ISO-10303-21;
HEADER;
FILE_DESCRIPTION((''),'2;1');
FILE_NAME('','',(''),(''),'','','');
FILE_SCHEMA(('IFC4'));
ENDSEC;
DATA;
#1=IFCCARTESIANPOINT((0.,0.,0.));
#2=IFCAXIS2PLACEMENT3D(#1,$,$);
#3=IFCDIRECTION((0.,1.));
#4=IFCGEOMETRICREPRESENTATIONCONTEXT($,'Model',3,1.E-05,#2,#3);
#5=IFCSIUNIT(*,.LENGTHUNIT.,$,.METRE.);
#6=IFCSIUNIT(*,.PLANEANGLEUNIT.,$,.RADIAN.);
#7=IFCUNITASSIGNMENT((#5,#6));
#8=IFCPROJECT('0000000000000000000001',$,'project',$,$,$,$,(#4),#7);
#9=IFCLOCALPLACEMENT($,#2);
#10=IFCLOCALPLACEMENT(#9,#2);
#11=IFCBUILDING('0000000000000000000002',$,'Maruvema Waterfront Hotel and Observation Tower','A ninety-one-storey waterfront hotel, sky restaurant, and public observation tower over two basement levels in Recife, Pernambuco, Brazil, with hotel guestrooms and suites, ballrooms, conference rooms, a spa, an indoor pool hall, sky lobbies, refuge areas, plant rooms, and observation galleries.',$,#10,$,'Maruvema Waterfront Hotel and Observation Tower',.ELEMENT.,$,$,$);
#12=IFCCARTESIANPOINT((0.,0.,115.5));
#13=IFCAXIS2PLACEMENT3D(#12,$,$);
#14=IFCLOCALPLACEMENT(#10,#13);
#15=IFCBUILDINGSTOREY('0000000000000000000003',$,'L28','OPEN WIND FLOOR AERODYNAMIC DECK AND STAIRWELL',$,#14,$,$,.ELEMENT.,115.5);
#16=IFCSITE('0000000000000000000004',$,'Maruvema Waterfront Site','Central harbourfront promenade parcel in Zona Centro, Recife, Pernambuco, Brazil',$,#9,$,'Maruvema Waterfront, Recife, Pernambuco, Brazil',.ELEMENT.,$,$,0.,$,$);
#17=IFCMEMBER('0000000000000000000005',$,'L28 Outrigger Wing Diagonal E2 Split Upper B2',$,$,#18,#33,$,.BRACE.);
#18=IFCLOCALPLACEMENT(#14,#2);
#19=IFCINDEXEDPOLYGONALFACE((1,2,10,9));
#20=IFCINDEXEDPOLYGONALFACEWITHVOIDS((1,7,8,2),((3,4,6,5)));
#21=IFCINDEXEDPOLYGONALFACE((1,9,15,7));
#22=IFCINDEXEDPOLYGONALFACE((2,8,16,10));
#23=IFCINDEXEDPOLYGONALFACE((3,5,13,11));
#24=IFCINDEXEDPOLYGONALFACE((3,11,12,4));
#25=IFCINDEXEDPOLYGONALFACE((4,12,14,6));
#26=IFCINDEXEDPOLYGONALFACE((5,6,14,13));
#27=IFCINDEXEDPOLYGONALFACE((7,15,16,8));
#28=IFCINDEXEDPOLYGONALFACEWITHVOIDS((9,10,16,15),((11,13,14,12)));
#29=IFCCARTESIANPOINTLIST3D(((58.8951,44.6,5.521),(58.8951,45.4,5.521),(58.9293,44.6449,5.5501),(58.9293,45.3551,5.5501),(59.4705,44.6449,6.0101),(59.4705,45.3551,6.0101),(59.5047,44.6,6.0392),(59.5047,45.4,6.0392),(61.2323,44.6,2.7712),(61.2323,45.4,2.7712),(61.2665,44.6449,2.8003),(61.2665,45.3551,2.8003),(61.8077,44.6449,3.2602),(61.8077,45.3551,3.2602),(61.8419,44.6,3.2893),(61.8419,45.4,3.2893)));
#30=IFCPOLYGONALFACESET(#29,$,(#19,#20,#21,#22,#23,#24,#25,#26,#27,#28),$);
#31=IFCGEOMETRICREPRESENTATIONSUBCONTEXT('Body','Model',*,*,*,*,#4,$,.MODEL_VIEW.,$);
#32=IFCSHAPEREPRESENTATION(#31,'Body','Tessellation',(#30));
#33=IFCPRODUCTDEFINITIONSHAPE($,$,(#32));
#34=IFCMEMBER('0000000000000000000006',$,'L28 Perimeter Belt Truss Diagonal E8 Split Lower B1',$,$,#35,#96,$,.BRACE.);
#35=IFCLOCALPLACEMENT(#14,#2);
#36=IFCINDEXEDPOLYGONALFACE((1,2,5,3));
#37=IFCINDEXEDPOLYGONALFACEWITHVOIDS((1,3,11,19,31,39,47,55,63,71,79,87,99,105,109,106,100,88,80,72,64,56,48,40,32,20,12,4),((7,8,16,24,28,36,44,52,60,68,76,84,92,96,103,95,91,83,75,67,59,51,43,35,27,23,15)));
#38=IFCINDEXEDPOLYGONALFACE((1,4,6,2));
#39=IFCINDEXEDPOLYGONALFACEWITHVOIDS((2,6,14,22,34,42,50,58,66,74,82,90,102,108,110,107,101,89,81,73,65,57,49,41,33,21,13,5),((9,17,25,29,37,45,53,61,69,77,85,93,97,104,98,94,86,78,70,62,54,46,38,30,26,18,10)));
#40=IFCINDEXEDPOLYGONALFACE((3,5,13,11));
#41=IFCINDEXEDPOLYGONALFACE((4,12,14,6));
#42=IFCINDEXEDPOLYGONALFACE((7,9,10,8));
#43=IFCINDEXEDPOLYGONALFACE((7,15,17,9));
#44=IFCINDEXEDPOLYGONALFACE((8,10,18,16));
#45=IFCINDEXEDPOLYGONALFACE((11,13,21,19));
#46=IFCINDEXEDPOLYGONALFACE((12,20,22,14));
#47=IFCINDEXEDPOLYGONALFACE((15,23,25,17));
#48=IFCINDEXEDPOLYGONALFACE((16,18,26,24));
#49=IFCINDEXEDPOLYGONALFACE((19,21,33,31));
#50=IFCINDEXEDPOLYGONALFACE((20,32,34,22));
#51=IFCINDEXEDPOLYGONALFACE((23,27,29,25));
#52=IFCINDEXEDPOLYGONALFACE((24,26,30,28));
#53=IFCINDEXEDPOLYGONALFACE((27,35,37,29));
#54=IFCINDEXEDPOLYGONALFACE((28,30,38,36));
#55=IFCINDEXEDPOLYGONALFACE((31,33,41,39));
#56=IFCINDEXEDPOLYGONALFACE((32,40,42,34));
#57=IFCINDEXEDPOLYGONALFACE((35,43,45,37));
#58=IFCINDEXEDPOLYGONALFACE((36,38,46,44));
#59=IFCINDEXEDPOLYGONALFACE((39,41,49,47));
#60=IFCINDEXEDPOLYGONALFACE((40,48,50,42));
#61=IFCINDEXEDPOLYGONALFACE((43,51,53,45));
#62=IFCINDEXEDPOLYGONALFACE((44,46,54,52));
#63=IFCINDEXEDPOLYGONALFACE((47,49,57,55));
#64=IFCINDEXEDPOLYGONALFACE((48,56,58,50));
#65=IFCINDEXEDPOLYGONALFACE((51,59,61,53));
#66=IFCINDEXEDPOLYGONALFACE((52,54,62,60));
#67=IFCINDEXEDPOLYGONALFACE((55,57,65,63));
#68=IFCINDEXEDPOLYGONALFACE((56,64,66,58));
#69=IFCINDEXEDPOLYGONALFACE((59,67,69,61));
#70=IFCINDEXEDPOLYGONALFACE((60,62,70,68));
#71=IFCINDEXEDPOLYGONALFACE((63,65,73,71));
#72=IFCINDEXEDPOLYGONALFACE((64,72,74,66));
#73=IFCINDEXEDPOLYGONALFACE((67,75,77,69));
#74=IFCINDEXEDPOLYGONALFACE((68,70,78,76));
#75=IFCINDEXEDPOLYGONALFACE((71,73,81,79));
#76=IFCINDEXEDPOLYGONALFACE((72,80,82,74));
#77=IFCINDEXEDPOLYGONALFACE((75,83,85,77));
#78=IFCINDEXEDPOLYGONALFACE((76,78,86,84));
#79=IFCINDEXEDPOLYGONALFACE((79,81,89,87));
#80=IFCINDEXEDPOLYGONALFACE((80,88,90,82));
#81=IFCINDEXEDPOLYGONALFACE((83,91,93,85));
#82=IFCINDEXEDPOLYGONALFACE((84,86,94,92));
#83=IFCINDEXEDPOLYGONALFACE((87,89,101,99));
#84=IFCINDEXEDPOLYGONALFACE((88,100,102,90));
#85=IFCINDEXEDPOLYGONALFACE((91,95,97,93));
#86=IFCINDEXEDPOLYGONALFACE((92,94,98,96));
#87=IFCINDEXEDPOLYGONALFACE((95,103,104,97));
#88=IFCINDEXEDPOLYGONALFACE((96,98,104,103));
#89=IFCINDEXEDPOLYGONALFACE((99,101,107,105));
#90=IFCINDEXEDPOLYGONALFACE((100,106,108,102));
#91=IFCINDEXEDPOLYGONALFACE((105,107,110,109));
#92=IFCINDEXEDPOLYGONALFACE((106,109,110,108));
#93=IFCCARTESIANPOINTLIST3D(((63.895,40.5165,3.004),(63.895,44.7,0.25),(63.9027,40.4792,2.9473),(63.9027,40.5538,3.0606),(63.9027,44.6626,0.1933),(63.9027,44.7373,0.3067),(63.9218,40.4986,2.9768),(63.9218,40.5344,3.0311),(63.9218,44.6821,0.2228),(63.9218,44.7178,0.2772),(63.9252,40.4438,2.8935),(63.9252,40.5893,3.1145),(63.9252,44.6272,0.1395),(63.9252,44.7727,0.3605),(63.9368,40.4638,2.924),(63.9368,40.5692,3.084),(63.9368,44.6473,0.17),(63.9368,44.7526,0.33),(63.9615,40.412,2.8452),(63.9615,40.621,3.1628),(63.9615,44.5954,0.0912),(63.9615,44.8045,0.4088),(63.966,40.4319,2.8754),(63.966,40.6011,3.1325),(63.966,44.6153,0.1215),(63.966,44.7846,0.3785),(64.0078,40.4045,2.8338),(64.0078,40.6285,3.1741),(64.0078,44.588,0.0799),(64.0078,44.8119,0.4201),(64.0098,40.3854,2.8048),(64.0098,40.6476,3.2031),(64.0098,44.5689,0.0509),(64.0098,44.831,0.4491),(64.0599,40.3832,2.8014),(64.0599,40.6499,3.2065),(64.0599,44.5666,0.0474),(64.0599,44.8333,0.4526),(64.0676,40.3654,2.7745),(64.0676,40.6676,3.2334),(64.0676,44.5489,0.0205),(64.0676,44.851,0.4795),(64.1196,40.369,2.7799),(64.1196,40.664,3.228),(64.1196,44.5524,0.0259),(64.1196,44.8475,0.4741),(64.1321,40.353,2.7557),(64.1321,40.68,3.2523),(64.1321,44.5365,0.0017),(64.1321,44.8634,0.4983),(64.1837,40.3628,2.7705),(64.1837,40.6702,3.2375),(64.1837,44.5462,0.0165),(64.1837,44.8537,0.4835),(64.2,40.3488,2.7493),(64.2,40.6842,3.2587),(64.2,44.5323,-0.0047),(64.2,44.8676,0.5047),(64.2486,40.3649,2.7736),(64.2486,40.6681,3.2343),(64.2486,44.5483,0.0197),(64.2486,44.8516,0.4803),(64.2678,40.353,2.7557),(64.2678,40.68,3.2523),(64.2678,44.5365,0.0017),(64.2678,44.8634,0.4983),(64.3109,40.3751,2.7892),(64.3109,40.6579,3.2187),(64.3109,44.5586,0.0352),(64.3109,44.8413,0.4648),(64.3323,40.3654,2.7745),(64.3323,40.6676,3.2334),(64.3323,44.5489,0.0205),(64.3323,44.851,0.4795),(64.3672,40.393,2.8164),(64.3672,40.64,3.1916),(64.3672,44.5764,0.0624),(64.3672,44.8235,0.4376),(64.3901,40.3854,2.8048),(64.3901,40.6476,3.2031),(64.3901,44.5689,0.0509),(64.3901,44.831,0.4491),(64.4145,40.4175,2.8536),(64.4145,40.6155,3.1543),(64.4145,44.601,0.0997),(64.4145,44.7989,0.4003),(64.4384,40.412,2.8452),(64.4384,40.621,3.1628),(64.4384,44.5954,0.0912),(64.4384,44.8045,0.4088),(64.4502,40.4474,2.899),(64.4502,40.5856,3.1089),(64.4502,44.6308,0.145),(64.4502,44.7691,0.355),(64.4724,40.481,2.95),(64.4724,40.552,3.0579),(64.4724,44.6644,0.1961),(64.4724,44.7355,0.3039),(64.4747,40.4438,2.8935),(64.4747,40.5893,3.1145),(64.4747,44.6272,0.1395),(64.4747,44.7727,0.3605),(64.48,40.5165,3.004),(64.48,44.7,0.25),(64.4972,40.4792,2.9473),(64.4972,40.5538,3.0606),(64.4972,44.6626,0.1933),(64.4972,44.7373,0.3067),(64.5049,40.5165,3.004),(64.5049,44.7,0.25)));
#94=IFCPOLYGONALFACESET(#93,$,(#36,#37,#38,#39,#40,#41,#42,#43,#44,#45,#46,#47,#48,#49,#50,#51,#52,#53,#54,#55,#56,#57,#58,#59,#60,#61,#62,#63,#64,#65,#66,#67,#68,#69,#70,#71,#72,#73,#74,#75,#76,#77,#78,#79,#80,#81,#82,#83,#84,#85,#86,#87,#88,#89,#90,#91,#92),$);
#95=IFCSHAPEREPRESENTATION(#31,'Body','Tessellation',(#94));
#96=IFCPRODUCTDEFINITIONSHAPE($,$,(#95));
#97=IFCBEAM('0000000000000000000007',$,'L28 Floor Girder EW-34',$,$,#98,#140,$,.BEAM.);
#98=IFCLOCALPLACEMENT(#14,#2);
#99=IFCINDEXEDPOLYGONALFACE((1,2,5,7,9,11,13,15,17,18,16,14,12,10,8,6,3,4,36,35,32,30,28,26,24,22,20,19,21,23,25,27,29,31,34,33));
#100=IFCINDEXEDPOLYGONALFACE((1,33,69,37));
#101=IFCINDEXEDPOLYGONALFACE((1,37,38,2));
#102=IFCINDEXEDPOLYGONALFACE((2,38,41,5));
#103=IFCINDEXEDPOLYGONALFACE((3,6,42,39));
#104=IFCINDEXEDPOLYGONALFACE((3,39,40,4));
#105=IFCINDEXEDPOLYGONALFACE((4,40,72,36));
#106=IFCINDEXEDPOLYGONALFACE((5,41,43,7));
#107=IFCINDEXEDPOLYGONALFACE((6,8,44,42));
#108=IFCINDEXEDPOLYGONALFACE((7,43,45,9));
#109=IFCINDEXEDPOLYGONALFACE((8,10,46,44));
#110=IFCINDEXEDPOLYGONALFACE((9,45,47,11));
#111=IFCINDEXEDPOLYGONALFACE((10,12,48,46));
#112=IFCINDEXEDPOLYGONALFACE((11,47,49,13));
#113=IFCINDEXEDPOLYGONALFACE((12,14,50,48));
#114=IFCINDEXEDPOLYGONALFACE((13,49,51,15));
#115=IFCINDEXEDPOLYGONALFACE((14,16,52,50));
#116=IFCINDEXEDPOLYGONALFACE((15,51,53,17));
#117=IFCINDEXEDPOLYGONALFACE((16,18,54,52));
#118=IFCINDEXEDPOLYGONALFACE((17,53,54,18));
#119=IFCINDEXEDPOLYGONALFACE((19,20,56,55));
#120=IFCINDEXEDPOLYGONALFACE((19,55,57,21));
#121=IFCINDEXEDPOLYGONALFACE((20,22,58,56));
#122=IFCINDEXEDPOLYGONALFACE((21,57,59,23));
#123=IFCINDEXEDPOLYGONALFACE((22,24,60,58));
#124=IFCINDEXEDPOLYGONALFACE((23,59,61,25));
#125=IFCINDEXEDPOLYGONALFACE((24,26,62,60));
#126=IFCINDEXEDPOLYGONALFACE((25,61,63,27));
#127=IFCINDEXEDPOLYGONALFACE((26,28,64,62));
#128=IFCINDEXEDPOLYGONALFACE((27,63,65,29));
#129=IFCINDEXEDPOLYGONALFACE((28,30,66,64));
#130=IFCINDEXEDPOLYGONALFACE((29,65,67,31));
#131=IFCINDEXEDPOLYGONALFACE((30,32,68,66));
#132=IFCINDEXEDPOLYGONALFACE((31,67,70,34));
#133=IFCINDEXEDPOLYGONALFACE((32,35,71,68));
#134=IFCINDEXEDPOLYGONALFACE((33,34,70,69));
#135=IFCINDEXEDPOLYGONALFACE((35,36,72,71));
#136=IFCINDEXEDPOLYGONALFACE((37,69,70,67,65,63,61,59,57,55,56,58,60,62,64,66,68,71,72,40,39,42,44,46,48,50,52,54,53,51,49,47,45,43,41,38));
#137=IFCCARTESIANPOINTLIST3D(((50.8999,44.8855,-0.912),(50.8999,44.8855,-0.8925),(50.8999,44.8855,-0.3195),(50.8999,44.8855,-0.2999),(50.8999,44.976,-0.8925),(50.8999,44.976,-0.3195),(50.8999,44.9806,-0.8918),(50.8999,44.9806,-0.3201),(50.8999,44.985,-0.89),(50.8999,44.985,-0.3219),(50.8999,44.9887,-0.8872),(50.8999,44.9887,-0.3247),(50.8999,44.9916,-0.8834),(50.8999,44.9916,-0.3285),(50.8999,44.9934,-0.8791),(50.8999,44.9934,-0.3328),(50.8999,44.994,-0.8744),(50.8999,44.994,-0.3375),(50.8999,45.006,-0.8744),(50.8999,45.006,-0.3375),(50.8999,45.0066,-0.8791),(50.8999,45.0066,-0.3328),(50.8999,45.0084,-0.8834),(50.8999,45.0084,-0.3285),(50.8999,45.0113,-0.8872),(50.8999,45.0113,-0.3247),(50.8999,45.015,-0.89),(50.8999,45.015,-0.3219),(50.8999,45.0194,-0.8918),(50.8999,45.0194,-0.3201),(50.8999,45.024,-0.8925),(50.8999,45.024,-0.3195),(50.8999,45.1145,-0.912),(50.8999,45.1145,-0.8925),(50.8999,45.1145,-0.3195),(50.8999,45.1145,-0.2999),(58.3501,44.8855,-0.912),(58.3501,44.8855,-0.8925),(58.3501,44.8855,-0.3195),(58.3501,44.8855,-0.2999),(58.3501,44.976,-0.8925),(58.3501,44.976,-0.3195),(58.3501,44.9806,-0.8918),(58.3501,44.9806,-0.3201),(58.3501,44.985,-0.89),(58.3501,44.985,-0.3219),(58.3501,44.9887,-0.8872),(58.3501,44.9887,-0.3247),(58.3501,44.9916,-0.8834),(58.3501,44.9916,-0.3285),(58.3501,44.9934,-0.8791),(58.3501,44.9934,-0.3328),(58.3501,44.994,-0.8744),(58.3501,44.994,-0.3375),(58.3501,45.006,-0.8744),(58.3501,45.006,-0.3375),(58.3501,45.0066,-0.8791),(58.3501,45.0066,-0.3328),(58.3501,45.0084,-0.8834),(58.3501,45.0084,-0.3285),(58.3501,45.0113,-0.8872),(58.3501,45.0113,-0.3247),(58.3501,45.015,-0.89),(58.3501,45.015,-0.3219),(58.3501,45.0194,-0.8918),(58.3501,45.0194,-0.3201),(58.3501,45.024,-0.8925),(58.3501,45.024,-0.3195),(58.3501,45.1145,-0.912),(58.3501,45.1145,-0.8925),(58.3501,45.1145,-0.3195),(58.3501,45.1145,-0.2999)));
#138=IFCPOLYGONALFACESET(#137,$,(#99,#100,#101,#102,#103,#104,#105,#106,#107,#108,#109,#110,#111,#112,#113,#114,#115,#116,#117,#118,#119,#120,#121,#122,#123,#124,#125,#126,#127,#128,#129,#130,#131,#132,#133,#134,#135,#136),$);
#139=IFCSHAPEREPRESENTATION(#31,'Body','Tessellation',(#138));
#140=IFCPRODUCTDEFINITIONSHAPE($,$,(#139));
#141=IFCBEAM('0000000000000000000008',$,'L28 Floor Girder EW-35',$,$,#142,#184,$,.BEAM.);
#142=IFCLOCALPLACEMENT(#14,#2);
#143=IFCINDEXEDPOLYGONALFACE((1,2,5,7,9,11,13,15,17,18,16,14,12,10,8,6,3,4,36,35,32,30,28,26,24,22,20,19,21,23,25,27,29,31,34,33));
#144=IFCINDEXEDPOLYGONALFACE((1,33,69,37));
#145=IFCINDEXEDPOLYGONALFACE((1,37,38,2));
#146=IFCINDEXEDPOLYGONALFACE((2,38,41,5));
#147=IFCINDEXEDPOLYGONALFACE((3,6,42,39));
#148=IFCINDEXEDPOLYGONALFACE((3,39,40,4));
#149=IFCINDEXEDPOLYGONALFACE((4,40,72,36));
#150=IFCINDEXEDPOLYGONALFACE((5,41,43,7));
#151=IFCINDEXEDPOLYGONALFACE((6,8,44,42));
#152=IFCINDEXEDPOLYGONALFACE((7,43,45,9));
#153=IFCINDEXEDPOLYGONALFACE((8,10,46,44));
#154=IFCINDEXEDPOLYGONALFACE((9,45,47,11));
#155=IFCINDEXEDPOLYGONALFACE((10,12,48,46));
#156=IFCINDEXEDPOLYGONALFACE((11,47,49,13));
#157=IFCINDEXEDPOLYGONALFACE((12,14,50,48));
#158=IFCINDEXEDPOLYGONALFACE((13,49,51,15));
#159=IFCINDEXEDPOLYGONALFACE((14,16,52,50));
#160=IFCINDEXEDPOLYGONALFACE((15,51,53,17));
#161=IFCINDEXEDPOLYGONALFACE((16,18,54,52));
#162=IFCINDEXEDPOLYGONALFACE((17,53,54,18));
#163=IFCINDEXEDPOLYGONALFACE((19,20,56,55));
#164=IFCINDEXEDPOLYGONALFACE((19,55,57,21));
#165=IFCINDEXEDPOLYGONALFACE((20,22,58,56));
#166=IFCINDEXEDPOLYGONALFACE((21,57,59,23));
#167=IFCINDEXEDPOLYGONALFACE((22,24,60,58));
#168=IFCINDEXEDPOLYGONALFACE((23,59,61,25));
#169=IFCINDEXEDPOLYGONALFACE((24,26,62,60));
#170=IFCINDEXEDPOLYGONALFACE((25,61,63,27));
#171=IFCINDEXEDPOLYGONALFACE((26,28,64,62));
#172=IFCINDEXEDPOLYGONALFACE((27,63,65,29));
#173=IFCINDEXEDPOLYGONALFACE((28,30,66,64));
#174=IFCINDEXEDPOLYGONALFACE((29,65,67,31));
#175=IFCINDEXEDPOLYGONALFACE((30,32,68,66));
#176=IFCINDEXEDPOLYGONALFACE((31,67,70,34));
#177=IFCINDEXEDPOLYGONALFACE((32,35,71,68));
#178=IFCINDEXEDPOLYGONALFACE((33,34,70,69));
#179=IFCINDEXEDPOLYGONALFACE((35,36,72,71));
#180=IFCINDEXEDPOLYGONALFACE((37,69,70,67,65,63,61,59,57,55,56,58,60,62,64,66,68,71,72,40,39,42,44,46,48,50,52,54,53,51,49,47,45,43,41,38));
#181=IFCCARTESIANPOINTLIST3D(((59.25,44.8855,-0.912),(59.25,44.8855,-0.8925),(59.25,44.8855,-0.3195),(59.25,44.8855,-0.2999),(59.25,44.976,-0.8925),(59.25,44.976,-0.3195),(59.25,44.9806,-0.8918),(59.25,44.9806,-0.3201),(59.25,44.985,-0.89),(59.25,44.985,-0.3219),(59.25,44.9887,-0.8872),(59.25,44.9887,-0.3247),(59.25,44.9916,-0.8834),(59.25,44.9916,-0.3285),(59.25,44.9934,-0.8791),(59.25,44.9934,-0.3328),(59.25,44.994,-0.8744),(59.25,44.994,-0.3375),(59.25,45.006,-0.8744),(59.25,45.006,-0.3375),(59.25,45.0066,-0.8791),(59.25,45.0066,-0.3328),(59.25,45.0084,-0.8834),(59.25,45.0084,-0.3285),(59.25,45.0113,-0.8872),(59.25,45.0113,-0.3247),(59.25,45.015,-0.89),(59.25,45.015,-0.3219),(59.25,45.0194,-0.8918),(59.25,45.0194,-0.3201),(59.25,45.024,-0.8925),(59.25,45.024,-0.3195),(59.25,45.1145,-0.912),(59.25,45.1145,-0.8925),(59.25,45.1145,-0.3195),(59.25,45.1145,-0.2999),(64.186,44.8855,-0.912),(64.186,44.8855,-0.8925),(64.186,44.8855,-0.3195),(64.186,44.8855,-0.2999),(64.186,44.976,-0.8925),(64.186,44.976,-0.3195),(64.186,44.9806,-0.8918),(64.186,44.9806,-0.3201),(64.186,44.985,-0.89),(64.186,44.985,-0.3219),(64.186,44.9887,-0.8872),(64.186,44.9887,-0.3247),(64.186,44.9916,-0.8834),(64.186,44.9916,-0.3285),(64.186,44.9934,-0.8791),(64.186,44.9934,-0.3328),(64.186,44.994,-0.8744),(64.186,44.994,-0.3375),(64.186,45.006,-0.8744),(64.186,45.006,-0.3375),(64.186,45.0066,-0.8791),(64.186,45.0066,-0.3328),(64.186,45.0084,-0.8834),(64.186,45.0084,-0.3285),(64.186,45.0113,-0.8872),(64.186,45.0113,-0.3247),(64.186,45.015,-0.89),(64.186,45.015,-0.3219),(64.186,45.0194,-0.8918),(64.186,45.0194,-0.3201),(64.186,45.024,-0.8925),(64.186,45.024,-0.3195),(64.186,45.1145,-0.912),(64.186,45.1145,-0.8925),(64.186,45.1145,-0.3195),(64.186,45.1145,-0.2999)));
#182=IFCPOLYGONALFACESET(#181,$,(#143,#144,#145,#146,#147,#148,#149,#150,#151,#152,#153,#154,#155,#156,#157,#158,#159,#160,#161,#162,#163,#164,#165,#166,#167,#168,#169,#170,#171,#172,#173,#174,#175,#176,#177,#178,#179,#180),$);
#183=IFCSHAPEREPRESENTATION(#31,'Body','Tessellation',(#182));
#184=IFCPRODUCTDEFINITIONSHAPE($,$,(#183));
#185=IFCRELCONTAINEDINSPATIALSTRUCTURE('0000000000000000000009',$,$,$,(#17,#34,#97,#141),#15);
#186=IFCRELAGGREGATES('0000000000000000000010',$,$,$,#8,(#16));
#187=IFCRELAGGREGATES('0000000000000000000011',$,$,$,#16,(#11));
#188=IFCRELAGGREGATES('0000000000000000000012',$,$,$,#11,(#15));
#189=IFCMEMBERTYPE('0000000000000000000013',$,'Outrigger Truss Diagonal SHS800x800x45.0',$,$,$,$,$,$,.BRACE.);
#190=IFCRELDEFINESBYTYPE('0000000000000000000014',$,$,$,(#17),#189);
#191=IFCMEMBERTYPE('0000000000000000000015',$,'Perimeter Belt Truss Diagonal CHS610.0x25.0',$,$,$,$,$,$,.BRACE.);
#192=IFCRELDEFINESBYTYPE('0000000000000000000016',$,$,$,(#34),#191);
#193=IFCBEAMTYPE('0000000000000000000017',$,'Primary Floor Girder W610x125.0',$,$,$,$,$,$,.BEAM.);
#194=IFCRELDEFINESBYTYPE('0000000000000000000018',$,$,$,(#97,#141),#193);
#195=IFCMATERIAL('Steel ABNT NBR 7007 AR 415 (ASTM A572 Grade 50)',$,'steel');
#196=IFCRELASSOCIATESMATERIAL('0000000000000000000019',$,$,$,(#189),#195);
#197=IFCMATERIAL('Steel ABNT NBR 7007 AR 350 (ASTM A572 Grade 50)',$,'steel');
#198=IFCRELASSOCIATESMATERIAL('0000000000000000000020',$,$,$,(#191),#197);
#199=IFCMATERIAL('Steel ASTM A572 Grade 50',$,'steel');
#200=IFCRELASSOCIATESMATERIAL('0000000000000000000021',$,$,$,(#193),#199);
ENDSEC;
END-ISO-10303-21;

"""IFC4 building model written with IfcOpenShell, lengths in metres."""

from ifc_helpers import new_model, si_unit, direction, frame, origin, origin_2d, place, context, subcontext, project, spatial, hollow_rectangle, hollow_circle, i_section, extrude, material, material_profile, profile_set, type_object, element, save


model = new_model("IFC4")

# Units and contexts
model_context = context("Model", 3, precision=1e-05, world=origin(), true_north=direction((0.0, 1.0)))
body_context = subcontext(model_context, "Body", "Model", "MODEL_VIEW")
ifc_project = project(units=[si_unit("LENGTHUNIT", "METRE"), si_unit("PLANEANGLEUNIT", "RADIAN")], contexts=[model_context])

# Site, building, storey
site_placement = place(None, origin())
site = spatial("IfcSite", under=ifc_project, at=site_placement, Name="Maruvema Waterfront Site", Description="Central harbourfront promenade parcel in Zona Centro, Recife, Pernambuco, Brazil", LongName="Maruvema Waterfront, Recife, Pernambuco, Brazil", CompositionType="ELEMENT", RefElevation=0.0)
building_placement = place(site_placement, origin())
building = spatial("IfcBuilding", under=site, at=building_placement, Name="Maruvema Waterfront Hotel and Observation Tower", Description="A ninety-one-storey waterfront hotel, sky restaurant, and public observation tower over two basement levels in Recife, Pernambuco, Brazil, with hotel guestrooms and suites, ballrooms, conference rooms, a spa, an indoor pool hall, sky lobbies, refuge areas, plant rooms, and observation galleries.", LongName="Maruvema Waterfront Hotel and Observation Tower", CompositionType="ELEMENT")
storey_placement = place(building_placement, frame((0.0, 0.0, 115.5)))
storey = spatial("IfcBuildingStorey", under=building, at=storey_placement, Name="L28", Description="OPEN WIND FLOOR AERODYNAMIC DECK AND STAIRWELL", CompositionType="ELEMENT", Elevation=115.5)

# Members
ifc_material_1 = material(Name="Steel ABNT NBR 7007 AR 415 (ASTM A572 Grade 50)", Category="steel")
ifc_material_profile_1 = material_profile(ifc_material_1, hollow_rectangle(XDim=0.8, YDim=0.8, WallThickness=0.0449, at=origin_2d()), Name="SHS800x800x45.0")
ifc_profile_set_1 = profile_set([ifc_material_profile_1], Name="Steel ABNT NBR 7007 AR 415 (ASTM A572 Grade 50)")
member_type_1 = type_object("IfcMemberType", Name="Outrigger Truss Diagonal SHS800x800x45.0", PredefinedType="BRACE", material=ifc_profile_set_1)
member_1_placement = place(storey_placement, frame((61.5371, 45.0, 3.0303), z_axis=(-0.647627, 0.0, 0.761958), x_axis=(0.0, -1.0, 0.0)))
element("IfcMember", 1, at=member_1_placement, inside=storey, type_object=member_type_1, Name="L28 Outrigger Wing Diagonal E2 Split Upper B2", PredefinedType="BRACE", context=body_context, shape_type="SweptSolid", body=[
    extrude(hollow_rectangle(XDim=0.8, YDim=0.8, WallThickness=0.0449, at=origin_2d()), origin(), (0.0, 0.0, 1.0), 3.6089),
])
ifc_material_2 = material(Name="Steel ABNT NBR 7007 AR 350 (ASTM A572 Grade 50)", Category="steel")
ifc_material_profile_2 = material_profile(ifc_material_2, hollow_circle(Radius=0.3049, WallThickness=0.0249, at=origin_2d()), Name="CHS610.0x25.0")
ifc_profile_set_2 = profile_set([ifc_material_profile_2], Name="Steel ABNT NBR 7007 AR 350 (ASTM A572 Grade 50)")
member_type_2 = type_object("IfcMemberType", Name="Perimeter Belt Truss Diagonal CHS610.0x25.0", PredefinedType="BRACE", material=ifc_profile_set_2)
member_2_placement = place(storey_placement, frame((64.2, 44.7, 0.25), z_axis=(0.0, -0.835261, 0.549854), x_axis=(1.0, 0.0, 0.0)))
element("IfcMember", 2, at=member_2_placement, inside=storey, type_object=member_type_2, Name="L28 Perimeter Belt Truss Diagonal E8 Split Lower B1", PredefinedType="BRACE", context=body_context, shape_type="SweptSolid", body=[
    extrude(hollow_circle(Radius=0.3049, WallThickness=0.0249, at=origin_2d()), origin(), (0.0, 0.0, 1.0), 5.0085),
])

# Beams
ifc_material_3 = material(Name="Steel ASTM A572 Grade 50", Category="steel")
ifc_material_profile_3 = material_profile(ifc_material_3, i_section(OverallWidth=0.229, OverallDepth=0.6121, WebThickness=0.012, FlangeThickness=0.0195, FilletRadius=0.0181, at=origin_2d()), Name="W610x125.0")
ifc_profile_set_3 = profile_set([ifc_material_profile_3], Name="Steel ASTM A572 Grade 50")
beam_type_1 = type_object("IfcBeamType", Name="Primary Floor Girder W610x125.0", PredefinedType="BEAM", material=ifc_profile_set_3)
beam_1_placement = place(storey_placement, frame((50.8999, 45.0, -0.606), z_axis=(1.0, 0.0, 0.0), x_axis=(0.0, 1.0, 0.0)))
element("IfcBeam", 3, at=beam_1_placement, inside=storey, type_object=beam_type_1, Name="L28 Floor Girder EW-34", PredefinedType="BEAM", context=body_context, shape_type="SweptSolid", body=[
    extrude(i_section(OverallWidth=0.229, OverallDepth=0.6121, WebThickness=0.012, FlangeThickness=0.0195, FilletRadius=0.0181, at=origin_2d()), origin(), (0.0, 0.0, 1.0), 7.4502),
])
beam_2_placement = place(storey_placement, frame((59.25, 45.0, -0.606), z_axis=(1.0, 0.0, 0.0), x_axis=(0.0, 1.0, 0.0)))
element("IfcBeam", 4, at=beam_2_placement, inside=storey, type_object=beam_type_1, Name="L28 Floor Girder EW-35", PredefinedType="BEAM", context=body_context, shape_type="SweptSolid", body=[
    extrude(i_section(OverallWidth=0.229, OverallDepth=0.6121, WebThickness=0.012, FlangeThickness=0.0195, FilletRadius=0.0181, at=origin_2d()), origin(), (0.0, 0.0, 1.0), 4.936),
])

save(model, "model.ifc")
